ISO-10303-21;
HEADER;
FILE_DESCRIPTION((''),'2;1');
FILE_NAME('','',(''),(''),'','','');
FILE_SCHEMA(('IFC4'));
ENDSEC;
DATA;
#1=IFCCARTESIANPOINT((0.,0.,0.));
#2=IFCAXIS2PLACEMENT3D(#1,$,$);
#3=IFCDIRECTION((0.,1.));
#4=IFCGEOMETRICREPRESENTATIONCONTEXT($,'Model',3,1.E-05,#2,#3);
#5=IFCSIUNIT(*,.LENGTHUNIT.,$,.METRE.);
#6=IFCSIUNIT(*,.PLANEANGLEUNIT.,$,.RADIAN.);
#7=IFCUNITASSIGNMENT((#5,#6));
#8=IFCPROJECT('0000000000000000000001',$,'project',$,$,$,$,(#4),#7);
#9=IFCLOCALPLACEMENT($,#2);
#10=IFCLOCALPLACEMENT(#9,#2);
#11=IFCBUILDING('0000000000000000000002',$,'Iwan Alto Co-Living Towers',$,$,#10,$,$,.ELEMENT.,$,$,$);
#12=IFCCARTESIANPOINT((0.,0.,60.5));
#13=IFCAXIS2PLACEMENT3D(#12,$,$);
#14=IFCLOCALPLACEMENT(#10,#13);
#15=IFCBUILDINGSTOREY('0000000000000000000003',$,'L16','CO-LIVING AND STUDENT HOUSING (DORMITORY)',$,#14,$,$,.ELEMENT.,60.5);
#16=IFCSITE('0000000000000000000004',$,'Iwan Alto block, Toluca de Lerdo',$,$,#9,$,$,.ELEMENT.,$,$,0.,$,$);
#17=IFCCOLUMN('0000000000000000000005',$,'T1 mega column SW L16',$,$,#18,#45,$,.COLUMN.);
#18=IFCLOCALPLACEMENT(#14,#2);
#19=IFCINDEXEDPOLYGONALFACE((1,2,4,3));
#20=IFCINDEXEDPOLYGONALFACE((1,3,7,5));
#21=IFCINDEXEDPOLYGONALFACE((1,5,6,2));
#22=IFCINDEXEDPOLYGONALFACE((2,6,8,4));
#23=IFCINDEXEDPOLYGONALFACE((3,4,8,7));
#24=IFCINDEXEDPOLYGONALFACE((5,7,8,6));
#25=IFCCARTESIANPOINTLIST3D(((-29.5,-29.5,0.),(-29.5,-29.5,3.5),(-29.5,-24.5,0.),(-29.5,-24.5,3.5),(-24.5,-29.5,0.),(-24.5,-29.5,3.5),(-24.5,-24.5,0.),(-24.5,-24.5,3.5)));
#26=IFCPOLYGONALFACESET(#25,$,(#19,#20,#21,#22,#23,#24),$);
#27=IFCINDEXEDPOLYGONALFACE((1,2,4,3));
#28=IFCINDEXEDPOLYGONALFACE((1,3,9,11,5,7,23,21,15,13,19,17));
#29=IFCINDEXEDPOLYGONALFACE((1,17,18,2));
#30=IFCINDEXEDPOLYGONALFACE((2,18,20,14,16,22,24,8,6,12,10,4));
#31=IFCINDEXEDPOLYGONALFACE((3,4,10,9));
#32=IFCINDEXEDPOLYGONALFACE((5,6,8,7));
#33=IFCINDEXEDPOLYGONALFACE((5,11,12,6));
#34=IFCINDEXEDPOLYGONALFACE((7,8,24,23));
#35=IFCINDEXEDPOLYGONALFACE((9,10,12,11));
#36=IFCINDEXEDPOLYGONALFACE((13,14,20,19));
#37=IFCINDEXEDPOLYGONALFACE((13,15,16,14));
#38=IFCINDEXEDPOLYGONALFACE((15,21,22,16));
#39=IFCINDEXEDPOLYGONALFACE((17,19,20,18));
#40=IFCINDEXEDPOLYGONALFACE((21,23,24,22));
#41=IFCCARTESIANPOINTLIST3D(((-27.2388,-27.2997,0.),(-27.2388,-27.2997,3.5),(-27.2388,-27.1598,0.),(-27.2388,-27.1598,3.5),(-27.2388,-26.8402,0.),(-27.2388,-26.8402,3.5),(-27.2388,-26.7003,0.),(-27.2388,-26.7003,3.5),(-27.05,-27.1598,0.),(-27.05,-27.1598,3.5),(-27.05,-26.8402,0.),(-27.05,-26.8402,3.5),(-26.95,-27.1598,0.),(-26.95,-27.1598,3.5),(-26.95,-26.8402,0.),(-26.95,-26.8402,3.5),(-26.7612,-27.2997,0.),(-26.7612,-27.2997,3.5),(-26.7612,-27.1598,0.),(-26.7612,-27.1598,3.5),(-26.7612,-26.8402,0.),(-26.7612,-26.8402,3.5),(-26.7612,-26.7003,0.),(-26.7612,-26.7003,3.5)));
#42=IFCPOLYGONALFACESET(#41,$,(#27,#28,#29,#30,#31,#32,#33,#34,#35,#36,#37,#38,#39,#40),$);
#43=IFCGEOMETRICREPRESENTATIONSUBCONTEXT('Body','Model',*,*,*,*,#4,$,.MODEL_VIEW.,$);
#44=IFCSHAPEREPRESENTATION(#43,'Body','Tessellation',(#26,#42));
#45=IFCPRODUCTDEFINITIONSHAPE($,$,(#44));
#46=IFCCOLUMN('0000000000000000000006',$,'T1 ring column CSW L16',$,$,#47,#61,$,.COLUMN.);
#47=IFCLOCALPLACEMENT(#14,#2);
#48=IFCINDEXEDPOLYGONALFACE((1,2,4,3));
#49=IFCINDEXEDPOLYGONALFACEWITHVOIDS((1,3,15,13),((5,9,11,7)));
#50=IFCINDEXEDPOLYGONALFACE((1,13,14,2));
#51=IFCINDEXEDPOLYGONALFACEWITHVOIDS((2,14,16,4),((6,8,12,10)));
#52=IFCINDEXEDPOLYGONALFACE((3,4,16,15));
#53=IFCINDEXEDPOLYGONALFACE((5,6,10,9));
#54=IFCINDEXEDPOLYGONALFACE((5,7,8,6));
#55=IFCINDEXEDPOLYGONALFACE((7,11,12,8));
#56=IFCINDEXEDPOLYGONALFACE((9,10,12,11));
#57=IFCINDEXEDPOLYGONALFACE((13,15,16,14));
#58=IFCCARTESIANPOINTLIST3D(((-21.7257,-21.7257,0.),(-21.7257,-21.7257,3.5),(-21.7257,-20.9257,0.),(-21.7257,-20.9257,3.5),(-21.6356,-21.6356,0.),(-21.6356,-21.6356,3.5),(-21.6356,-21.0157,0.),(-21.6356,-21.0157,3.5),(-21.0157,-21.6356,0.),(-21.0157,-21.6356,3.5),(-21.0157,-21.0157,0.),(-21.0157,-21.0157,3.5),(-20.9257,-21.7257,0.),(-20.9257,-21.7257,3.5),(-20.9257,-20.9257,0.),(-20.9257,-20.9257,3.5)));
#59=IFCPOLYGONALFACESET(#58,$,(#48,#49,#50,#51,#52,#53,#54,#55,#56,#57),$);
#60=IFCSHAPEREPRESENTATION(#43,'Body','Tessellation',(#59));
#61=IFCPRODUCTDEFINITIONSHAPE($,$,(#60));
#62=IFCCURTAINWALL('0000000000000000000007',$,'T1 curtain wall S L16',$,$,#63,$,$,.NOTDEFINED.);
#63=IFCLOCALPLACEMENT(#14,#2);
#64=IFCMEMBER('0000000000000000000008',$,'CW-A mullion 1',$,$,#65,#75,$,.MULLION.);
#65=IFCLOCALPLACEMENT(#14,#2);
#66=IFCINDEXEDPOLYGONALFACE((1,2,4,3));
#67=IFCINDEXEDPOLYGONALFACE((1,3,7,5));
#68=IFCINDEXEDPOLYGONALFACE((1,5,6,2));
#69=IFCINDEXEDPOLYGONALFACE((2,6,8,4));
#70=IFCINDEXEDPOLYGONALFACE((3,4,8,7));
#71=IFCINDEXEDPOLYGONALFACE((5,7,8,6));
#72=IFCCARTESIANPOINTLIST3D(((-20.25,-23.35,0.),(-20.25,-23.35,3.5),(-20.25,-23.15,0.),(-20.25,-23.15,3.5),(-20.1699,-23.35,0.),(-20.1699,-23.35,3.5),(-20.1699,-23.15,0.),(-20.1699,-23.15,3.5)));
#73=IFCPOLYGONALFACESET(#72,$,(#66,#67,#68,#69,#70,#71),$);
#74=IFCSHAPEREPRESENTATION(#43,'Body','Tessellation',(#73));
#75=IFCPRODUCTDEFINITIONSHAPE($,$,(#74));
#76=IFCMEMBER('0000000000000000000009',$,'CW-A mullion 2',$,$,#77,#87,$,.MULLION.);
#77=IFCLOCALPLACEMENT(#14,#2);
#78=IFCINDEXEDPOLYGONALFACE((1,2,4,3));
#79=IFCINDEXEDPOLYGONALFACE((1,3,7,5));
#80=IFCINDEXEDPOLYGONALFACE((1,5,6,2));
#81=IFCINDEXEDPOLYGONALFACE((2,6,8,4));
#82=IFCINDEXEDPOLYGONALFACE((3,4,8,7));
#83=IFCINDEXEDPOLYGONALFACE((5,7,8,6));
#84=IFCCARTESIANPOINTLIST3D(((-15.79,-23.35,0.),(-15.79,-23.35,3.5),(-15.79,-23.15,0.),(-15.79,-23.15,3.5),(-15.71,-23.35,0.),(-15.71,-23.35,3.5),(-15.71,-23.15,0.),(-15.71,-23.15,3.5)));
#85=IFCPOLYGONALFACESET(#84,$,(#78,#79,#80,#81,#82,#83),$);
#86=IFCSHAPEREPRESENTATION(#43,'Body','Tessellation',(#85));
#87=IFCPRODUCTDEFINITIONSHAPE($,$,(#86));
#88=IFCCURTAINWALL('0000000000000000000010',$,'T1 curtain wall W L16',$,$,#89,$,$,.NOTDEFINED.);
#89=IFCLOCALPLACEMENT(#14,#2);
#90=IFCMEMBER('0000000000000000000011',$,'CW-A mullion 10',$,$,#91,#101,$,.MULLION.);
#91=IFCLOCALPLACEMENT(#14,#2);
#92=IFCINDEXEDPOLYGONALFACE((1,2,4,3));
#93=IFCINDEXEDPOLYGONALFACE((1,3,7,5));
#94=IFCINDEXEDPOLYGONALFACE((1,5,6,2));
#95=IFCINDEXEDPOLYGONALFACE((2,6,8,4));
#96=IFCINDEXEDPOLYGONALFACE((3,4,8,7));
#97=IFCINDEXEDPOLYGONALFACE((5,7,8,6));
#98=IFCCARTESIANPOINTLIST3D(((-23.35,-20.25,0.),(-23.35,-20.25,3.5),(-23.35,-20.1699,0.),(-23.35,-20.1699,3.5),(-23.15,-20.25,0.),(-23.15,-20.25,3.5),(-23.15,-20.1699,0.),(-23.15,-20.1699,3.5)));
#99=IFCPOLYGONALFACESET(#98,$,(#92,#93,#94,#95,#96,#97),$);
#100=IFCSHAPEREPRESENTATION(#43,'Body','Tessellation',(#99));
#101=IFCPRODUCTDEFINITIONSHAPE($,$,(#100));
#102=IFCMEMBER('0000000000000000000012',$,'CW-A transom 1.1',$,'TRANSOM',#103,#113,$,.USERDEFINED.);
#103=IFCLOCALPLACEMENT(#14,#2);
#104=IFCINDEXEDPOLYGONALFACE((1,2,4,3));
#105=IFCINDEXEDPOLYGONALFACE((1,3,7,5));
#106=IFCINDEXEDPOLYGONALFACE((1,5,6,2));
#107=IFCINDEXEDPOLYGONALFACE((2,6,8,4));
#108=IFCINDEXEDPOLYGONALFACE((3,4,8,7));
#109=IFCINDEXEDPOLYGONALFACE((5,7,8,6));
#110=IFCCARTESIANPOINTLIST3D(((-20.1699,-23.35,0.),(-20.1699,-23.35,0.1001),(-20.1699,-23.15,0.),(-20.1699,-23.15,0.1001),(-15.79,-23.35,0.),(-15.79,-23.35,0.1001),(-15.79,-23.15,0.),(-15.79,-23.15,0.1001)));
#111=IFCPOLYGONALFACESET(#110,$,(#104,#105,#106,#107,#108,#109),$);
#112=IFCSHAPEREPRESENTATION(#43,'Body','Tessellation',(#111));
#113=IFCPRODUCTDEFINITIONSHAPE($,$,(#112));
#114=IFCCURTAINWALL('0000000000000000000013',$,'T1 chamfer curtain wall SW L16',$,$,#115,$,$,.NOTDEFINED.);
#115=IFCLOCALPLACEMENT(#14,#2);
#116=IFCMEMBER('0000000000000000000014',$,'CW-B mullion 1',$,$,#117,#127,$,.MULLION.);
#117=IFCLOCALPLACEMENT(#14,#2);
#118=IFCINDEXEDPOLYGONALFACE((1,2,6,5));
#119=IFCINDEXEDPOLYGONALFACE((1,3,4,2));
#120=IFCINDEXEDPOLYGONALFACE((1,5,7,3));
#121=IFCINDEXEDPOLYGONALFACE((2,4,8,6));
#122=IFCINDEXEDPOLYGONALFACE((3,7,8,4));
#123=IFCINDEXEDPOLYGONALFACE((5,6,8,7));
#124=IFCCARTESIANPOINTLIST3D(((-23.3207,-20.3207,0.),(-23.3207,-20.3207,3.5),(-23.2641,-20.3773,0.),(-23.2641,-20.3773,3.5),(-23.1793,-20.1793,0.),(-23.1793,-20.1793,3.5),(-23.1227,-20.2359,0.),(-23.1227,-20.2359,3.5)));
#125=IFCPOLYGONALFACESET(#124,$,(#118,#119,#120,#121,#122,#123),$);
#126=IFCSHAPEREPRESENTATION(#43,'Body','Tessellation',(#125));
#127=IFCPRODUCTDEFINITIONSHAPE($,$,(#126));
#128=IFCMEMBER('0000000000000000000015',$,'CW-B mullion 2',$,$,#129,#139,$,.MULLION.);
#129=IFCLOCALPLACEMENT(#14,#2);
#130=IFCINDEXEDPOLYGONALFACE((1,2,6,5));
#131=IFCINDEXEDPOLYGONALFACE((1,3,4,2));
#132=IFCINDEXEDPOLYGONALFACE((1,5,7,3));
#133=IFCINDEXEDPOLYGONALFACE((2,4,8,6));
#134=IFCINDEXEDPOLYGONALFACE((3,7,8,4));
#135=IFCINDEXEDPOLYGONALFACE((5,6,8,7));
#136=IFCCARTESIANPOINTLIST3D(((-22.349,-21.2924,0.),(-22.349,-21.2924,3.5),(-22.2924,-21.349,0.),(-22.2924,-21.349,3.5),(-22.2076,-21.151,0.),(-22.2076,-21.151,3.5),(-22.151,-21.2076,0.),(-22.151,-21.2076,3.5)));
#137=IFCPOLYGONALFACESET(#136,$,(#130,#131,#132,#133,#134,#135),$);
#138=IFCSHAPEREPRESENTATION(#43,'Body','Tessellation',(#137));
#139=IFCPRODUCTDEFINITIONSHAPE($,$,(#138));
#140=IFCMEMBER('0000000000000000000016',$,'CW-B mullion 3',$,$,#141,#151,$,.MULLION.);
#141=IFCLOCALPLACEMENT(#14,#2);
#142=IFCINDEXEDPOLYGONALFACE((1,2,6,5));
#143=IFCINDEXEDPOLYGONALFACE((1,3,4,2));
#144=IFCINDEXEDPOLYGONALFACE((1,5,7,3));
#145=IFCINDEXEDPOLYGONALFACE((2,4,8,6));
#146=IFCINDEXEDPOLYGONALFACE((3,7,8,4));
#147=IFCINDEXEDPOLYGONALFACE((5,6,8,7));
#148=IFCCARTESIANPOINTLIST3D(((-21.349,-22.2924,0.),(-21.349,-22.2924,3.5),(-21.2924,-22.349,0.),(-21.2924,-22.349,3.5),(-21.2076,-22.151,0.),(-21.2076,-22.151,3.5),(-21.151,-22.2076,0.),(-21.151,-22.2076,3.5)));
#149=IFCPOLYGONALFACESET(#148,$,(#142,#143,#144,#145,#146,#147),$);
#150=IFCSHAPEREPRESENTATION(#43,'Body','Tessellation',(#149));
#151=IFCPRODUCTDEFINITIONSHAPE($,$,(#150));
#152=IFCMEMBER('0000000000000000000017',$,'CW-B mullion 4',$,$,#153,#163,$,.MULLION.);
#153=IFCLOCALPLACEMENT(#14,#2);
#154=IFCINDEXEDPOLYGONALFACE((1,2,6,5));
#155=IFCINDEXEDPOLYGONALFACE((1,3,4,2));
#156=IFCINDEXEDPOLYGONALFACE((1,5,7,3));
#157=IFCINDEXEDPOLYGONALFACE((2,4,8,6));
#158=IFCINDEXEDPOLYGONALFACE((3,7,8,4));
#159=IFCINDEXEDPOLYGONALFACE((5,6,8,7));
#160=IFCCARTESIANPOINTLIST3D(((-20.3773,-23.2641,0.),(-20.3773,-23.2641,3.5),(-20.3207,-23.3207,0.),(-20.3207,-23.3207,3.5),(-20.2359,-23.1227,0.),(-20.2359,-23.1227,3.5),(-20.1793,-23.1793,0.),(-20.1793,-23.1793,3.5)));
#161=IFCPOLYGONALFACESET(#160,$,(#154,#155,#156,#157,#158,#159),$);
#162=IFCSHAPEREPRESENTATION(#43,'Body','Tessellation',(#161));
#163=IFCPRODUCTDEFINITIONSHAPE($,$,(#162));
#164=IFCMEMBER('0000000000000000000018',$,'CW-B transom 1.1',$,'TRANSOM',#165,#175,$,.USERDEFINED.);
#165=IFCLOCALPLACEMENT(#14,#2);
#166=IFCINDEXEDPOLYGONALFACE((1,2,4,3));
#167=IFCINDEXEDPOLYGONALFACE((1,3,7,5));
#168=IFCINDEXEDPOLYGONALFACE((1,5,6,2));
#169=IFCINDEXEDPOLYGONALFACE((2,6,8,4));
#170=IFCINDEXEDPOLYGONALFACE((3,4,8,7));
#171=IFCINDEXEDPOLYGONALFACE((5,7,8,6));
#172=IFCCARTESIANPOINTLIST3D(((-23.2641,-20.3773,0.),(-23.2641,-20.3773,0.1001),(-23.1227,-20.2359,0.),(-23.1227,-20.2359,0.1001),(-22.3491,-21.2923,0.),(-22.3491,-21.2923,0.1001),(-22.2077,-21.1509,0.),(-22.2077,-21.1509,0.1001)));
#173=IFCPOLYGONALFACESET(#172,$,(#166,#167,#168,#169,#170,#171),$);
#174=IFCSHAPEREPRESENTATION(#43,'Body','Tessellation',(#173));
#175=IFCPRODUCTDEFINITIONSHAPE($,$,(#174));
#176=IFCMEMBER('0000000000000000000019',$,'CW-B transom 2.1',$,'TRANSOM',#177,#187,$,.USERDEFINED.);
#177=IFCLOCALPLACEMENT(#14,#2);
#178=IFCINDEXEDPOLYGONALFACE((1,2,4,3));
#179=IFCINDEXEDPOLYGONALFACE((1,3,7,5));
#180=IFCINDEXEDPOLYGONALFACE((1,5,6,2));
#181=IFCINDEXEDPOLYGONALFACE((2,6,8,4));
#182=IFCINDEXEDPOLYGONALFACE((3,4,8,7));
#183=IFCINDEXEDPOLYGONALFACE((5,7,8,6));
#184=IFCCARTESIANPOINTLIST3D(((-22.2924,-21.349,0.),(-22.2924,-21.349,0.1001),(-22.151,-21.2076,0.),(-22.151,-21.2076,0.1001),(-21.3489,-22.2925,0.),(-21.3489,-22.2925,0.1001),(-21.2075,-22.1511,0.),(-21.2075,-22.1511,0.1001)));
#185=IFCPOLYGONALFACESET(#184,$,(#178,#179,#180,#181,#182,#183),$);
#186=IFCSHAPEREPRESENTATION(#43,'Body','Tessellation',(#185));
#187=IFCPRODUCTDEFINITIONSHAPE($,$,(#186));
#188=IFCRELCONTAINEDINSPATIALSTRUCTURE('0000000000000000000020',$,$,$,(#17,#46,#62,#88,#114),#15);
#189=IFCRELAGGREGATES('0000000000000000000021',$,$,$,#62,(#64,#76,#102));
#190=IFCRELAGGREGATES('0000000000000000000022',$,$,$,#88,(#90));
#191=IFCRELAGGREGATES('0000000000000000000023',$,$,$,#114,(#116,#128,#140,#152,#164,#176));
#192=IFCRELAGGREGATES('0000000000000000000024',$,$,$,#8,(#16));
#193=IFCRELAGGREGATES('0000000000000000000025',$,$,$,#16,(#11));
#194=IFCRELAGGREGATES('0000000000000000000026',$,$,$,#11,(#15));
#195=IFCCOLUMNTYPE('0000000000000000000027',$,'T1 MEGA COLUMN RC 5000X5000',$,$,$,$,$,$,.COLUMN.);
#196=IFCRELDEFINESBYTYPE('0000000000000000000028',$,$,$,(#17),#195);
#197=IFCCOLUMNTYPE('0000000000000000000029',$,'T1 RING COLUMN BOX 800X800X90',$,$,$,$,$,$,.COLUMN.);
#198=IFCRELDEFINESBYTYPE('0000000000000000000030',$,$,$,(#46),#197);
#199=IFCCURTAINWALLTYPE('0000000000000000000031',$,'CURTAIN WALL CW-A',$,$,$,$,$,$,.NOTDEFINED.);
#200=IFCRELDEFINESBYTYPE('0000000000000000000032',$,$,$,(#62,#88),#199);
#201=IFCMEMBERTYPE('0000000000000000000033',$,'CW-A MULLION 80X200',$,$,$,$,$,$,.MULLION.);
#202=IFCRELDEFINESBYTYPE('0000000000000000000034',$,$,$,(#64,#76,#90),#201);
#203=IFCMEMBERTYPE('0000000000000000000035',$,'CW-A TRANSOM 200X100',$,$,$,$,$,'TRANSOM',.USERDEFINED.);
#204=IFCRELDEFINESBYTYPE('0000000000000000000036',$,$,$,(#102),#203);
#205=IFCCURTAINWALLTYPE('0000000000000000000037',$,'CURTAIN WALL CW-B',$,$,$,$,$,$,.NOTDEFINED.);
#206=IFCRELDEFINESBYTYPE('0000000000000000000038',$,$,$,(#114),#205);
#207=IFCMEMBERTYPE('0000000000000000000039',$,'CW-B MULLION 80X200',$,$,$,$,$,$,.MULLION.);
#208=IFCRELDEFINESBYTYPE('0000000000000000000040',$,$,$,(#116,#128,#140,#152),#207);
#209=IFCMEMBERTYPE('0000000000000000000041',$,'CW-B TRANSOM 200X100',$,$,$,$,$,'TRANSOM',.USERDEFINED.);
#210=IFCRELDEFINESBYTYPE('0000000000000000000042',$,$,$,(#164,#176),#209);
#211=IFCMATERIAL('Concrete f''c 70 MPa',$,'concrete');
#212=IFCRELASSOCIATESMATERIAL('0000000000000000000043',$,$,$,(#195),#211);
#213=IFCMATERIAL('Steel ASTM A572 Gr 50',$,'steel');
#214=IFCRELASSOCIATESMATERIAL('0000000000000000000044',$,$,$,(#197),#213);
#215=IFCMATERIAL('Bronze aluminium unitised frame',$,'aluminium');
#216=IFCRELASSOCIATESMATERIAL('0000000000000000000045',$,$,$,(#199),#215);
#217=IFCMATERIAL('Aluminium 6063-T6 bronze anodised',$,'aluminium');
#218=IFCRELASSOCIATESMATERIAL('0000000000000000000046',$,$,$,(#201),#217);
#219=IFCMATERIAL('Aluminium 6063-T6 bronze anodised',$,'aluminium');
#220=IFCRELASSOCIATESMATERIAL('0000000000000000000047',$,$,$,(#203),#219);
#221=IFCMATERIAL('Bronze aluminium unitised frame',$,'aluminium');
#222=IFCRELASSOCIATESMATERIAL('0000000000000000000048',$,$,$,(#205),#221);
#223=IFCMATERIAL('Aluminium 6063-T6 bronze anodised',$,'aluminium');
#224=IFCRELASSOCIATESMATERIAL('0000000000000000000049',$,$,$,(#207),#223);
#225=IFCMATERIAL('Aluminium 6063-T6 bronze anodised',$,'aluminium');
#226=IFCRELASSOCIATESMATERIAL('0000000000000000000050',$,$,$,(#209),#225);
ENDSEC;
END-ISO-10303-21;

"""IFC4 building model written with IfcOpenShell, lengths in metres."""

from ifc_helpers import new_model, si_unit, direction, frame, origin, origin_2d, place, context, subcontext, project, spatial, rectangle, hollow_rectangle, i_section, extrude, material, material_profile, profile_set, type_object, element, aggregate, save


model = new_model("IFC4")

# Units and contexts
model_context = context("Model", 3, precision=1e-05, world=origin(), true_north=direction((0.0, 1.0)))
body_context = subcontext(model_context, "Body", "Model", "MODEL_VIEW")
ifc_project = project(units=[si_unit("LENGTHUNIT", "METRE"), si_unit("PLANEANGLEUNIT", "RADIAN")], contexts=[model_context])

# Site, building, storey
site_placement = place(None, origin())
site = spatial("IfcSite", under=ifc_project, at=site_placement, Name="Iwan Alto block, Toluca de Lerdo", CompositionType="ELEMENT", RefElevation=0.0)
building_placement = place(site_placement, origin())
building = spatial("IfcBuilding", under=site, at=building_placement, Name="Iwan Alto Co-Living Towers", CompositionType="ELEMENT")
storey_placement = place(building_placement, frame((0.0, 0.0, 60.5)))
storey = spatial("IfcBuildingStorey", under=building, at=storey_placement, Name="L16", Description="CO-LIVING AND STUDENT HOUSING (DORMITORY)", CompositionType="ELEMENT", Elevation=60.5)

# Columns
ifc_material_1 = material(Name="Concrete f'c 70 MPa", Category="concrete")
ifc_material_profile_1 = material_profile(ifc_material_1, rectangle(XDim=5.0, YDim=5.0, at=origin_2d()), Name="RC 5000X5000")
ifc_profile_set_1 = profile_set([ifc_material_profile_1], Name="Concrete f'c 70 MPa")
column_type_1 = type_object("IfcColumnType", Name="T1 MEGA COLUMN RC 5000X5000", PredefinedType="COLUMN", material=ifc_profile_set_1)
column_1_placement = place(storey_placement, frame((-27.0, -27.0, 0.0), z_axis=(0.0, 0.0, 1.0), x_axis=(1.0, 0.0, 0.0)))
element("IfcColumn", 1, at=column_1_placement, inside=storey, type_object=column_type_1, Name="T1 mega column SW L16", PredefinedType="COLUMN", context=body_context, shape_type="SweptSolid", body=[
    extrude(rectangle(XDim=5.0, YDim=5.0, at=origin_2d()), origin(), (0.0, 0.0, 1.0), 3.5),
    extrude(i_section(OverallWidth=0.4775, OverallDepth=0.5994, WebThickness=0.1001, FlangeThickness=0.1399, at=origin_2d()), origin(), (0.0, 0.0, 1.0), 3.5),
])
ifc_material_2 = material(Name="Steel ASTM A572 Gr 50", Category="steel")
ifc_material_profile_2 = material_profile(ifc_material_2, hollow_rectangle(XDim=0.8, YDim=0.8, WallThickness=0.0901, at=origin_2d()), Name="BOX 800X800X90")
ifc_profile_set_2 = profile_set([ifc_material_profile_2], Name="Steel ASTM A572 Gr 50")
column_type_2 = type_object("IfcColumnType", Name="T1 RING COLUMN BOX 800X800X90", PredefinedType="COLUMN", material=ifc_profile_set_2)
column_2_placement = place(storey_placement, frame((-21.3257, -21.3257, 0.0), z_axis=(0.0, 0.0, 1.0), x_axis=(1.0, 0.0, 0.0)))
element("IfcColumn", 2, at=column_2_placement, inside=storey, type_object=column_type_2, Name="T1 ring column CSW L16", PredefinedType="COLUMN", context=body_context, shape_type="SweptSolid", body=[
    extrude(hollow_rectangle(XDim=0.8, YDim=0.8, WallThickness=0.0901, at=origin_2d()), origin(), (0.0, 0.0, 1.0), 3.5),
])

# Curtain wall, members
ifc_material_3 = material(Name="Bronze aluminium unitised frame", Category="aluminium")
curtain_wall_type_1 = type_object("IfcCurtainWallType", Name="CURTAIN WALL CW-A", PredefinedType="NOTDEFINED", material=ifc_material_3)
curtain_wall_1_placement = place(storey_placement, origin())
curtain_wall_1 = element("IfcCurtainWall", 3, at=curtain_wall_1_placement, inside=storey, type_object=curtain_wall_type_1, Name="T1 curtain wall S L16", PredefinedType="NOTDEFINED")
ifc_material_4 = material(Name="Aluminium 6063-T6 bronze anodised", Category="aluminium")
ifc_material_profile_3 = material_profile(ifc_material_4, rectangle(XDim=0.2, YDim=0.0801, at=origin_2d()), Name="AL 80X200")
ifc_profile_set_3 = profile_set([ifc_material_profile_3], Name="Aluminium 6063-T6 bronze anodised")
member_type_1 = type_object("IfcMemberType", Name="CW-A MULLION 80X200", PredefinedType="MULLION", material=ifc_profile_set_3)
member_1_placement = place(storey_placement, frame((-20.21, -23.25, 0.0), z_axis=(0.0, 0.0, 1.0), x_axis=(0.0, 1.0, 0.0)))
member_1 = element("IfcMember", 4, at=member_1_placement, type_object=member_type_1, Name="CW-A mullion 1", PredefinedType="MULLION", context=body_context, shape_type="SweptSolid", body=[
    extrude(rectangle(XDim=0.2, YDim=0.0801, at=origin_2d()), origin(), (0.0, 0.0, 1.0), 3.5),
])
member_2_placement = place(storey_placement, frame((-15.75, -23.25, 0.0), z_axis=(0.0, 0.0, 1.0), x_axis=(0.0, 1.0, 0.0)))
member_2 = element("IfcMember", 5, at=member_2_placement, type_object=member_type_1, Name="CW-A mullion 2", PredefinedType="MULLION", context=body_context, shape_type="SweptSolid", body=[
    extrude(rectangle(XDim=0.2, YDim=0.0801, at=origin_2d()), origin(), (0.0, 0.0, 1.0), 3.5),
])

# Curtain wall, member
curtain_wall_2_placement = place(storey_placement, origin())
curtain_wall_2 = element("IfcCurtainWall", 6, at=curtain_wall_2_placement, inside=storey, type_object=curtain_wall_type_1, Name="T1 curtain wall W L16", PredefinedType="NOTDEFINED")
member_3_placement = place(storey_placement, frame((-23.25, -20.21, 0.0), z_axis=(0.0, 0.0, 1.0), x_axis=(1.0, 0.0, 0.0)))
member_3 = element("IfcMember", 7, at=member_3_placement, type_object=member_type_1, Name="CW-A mullion 10", PredefinedType="MULLION", context=body_context, shape_type="SweptSolid", body=[
    extrude(rectangle(XDim=0.2, YDim=0.0801, at=origin_2d()), origin(), (0.0, 0.0, 1.0), 3.5),
])

# Member
ifc_material_5 = material(Name="Aluminium 6063-T6 bronze anodised", Category="aluminium")
ifc_material_profile_4 = material_profile(ifc_material_5, rectangle(XDim=0.2, YDim=0.1001, at=origin_2d()), Name="AL 200X100")
ifc_profile_set_4 = profile_set([ifc_material_profile_4], Name="Aluminium 6063-T6 bronze anodised")
member_type_2 = type_object("IfcMemberType", Name="CW-A TRANSOM 200X100", ElementType="TRANSOM", PredefinedType="USERDEFINED", material=ifc_profile_set_4)
member_4_placement = place(storey_placement, frame((-20.1699, -23.25, 0.05), z_axis=(1.0, 0.0, 0.0), x_axis=(0.0, 1.0, 0.0)))
member_4 = element("IfcMember", 8, at=member_4_placement, type_object=member_type_2, Name="CW-A transom 1.1", ObjectType="TRANSOM", PredefinedType="USERDEFINED", context=body_context, shape_type="SweptSolid", body=[
    extrude(rectangle(XDim=0.2, YDim=0.1001, at=origin_2d()), origin(), (0.0, 0.0, 1.0), 4.3799),
])

# Curtain wall, members
ifc_material_6 = material(Name="Bronze aluminium unitised frame", Category="aluminium")
curtain_wall_type_2 = type_object("IfcCurtainWallType", Name="CURTAIN WALL CW-B", PredefinedType="NOTDEFINED", material=ifc_material_6)
curtain_wall_3_placement = place(storey_placement, origin())
curtain_wall_3 = element("IfcCurtainWall", 9, at=curtain_wall_3_placement, inside=storey, type_object=curtain_wall_type_2, Name="T1 chamfer curtain wall SW L16", PredefinedType="NOTDEFINED")
ifc_material_7 = material(Name="Aluminium 6063-T6 bronze anodised", Category="aluminium")
ifc_material_profile_5 = material_profile(ifc_material_7, rectangle(XDim=0.2, YDim=0.0801, at=origin_2d()), Name="AL 80X200")
ifc_profile_set_5 = profile_set([ifc_material_profile_5], Name="Aluminium 6063-T6 bronze anodised")
member_type_3 = type_object("IfcMemberType", Name="CW-B MULLION 80X200", PredefinedType="MULLION", material=ifc_profile_set_5)
member_5_placement = place(storey_placement, frame((-23.2217, -20.2783, 0.0), z_axis=(0.0, 0.0, 1.0), x_axis=(0.707107, 0.707107, 0.0)))
member_5 = element("IfcMember", 10, at=member_5_placement, type_object=member_type_3, Name="CW-B mullion 1", PredefinedType="MULLION", context=body_context, shape_type="SweptSolid", body=[
    extrude(rectangle(XDim=0.2, YDim=0.0801, at=origin_2d()), origin(), (0.0, 0.0, 1.0), 3.5),
])
member_6_placement = place(storey_placement, frame((-22.25, -21.25, 0.0), z_axis=(0.0, 0.0, 1.0), x_axis=(0.707107, 0.707107, 0.0)))
member_6 = element("IfcMember", 11, at=member_6_placement, type_object=member_type_3, Name="CW-B mullion 2", PredefinedType="MULLION", context=body_context, shape_type="SweptSolid", body=[
    extrude(rectangle(XDim=0.2, YDim=0.0801, at=origin_2d()), origin(), (0.0, 0.0, 1.0), 3.5),
])
member_7_placement = place(storey_placement, frame((-21.25, -22.25, 0.0), z_axis=(0.0, 0.0, 1.0), x_axis=(0.707107, 0.707107, 0.0)))
member_7 = element("IfcMember", 12, at=member_7_placement, type_object=member_type_3, Name="CW-B mullion 3", PredefinedType="MULLION", context=body_context, shape_type="SweptSolid", body=[
    extrude(rectangle(XDim=0.2, YDim=0.0801, at=origin_2d()), origin(), (0.0, 0.0, 1.0), 3.5),
])
member_8_placement = place(storey_placement, frame((-20.2783, -23.2217, 0.0), z_axis=(0.0, 0.0, 1.0), x_axis=(0.707107, 0.707107, 0.0)))
member_8 = element("IfcMember", 13, at=member_8_placement, type_object=member_type_3, Name="CW-B mullion 4", PredefinedType="MULLION", context=body_context, shape_type="SweptSolid", body=[
    extrude(rectangle(XDim=0.2, YDim=0.0801, at=origin_2d()), origin(), (0.0, 0.0, 1.0), 3.5),
])
ifc_material_8 = material(Name="Aluminium 6063-T6 bronze anodised", Category="aluminium")
ifc_material_profile_6 = material_profile(ifc_material_8, rectangle(XDim=0.2, YDim=0.1001, at=origin_2d()), Name="AL 200X100")
ifc_profile_set_6 = profile_set([ifc_material_profile_6], Name="Aluminium 6063-T6 bronze anodised")
member_type_4 = type_object("IfcMemberType", Name="CW-B TRANSOM 200X100", ElementType="TRANSOM", PredefinedType="USERDEFINED", material=ifc_profile_set_6)
member_9_placement = place(storey_placement, frame((-23.1934, -20.3066, 0.05), z_axis=(0.707107, -0.707107, 0.0), x_axis=(0.707107, 0.707107, 0.0)))
member_9 = element("IfcMember", 14, at=member_9_placement, type_object=member_type_4, Name="CW-B transom 1.1", ObjectType="TRANSOM", PredefinedType="USERDEFINED", context=body_context, shape_type="SweptSolid", body=[
    extrude(rectangle(XDim=0.2, YDim=0.1001, at=origin_2d()), origin(), (0.0, 0.0, 1.0), 1.2939),
])
member_10_placement = place(storey_placement, frame((-22.2217, -21.2783, 0.05), z_axis=(0.707107, -0.707107, 0.0), x_axis=(0.707107, 0.707107, 0.0)))
member_10 = element("IfcMember", 15, at=member_10_placement, type_object=member_type_4, Name="CW-B transom 2.1", ObjectType="TRANSOM", PredefinedType="USERDEFINED", context=body_context, shape_type="SweptSolid", body=[
    extrude(rectangle(XDim=0.2, YDim=0.1001, at=origin_2d()), origin(), (0.0, 0.0, 1.0), 1.3342),
])

aggregate(curtain_wall_1, [member_1, member_2, member_4])
aggregate(curtain_wall_2, [member_3])
aggregate(curtain_wall_3, [member_5, member_6, member_7, member_8, member_9, member_10])

save(model, "model.ifc")
